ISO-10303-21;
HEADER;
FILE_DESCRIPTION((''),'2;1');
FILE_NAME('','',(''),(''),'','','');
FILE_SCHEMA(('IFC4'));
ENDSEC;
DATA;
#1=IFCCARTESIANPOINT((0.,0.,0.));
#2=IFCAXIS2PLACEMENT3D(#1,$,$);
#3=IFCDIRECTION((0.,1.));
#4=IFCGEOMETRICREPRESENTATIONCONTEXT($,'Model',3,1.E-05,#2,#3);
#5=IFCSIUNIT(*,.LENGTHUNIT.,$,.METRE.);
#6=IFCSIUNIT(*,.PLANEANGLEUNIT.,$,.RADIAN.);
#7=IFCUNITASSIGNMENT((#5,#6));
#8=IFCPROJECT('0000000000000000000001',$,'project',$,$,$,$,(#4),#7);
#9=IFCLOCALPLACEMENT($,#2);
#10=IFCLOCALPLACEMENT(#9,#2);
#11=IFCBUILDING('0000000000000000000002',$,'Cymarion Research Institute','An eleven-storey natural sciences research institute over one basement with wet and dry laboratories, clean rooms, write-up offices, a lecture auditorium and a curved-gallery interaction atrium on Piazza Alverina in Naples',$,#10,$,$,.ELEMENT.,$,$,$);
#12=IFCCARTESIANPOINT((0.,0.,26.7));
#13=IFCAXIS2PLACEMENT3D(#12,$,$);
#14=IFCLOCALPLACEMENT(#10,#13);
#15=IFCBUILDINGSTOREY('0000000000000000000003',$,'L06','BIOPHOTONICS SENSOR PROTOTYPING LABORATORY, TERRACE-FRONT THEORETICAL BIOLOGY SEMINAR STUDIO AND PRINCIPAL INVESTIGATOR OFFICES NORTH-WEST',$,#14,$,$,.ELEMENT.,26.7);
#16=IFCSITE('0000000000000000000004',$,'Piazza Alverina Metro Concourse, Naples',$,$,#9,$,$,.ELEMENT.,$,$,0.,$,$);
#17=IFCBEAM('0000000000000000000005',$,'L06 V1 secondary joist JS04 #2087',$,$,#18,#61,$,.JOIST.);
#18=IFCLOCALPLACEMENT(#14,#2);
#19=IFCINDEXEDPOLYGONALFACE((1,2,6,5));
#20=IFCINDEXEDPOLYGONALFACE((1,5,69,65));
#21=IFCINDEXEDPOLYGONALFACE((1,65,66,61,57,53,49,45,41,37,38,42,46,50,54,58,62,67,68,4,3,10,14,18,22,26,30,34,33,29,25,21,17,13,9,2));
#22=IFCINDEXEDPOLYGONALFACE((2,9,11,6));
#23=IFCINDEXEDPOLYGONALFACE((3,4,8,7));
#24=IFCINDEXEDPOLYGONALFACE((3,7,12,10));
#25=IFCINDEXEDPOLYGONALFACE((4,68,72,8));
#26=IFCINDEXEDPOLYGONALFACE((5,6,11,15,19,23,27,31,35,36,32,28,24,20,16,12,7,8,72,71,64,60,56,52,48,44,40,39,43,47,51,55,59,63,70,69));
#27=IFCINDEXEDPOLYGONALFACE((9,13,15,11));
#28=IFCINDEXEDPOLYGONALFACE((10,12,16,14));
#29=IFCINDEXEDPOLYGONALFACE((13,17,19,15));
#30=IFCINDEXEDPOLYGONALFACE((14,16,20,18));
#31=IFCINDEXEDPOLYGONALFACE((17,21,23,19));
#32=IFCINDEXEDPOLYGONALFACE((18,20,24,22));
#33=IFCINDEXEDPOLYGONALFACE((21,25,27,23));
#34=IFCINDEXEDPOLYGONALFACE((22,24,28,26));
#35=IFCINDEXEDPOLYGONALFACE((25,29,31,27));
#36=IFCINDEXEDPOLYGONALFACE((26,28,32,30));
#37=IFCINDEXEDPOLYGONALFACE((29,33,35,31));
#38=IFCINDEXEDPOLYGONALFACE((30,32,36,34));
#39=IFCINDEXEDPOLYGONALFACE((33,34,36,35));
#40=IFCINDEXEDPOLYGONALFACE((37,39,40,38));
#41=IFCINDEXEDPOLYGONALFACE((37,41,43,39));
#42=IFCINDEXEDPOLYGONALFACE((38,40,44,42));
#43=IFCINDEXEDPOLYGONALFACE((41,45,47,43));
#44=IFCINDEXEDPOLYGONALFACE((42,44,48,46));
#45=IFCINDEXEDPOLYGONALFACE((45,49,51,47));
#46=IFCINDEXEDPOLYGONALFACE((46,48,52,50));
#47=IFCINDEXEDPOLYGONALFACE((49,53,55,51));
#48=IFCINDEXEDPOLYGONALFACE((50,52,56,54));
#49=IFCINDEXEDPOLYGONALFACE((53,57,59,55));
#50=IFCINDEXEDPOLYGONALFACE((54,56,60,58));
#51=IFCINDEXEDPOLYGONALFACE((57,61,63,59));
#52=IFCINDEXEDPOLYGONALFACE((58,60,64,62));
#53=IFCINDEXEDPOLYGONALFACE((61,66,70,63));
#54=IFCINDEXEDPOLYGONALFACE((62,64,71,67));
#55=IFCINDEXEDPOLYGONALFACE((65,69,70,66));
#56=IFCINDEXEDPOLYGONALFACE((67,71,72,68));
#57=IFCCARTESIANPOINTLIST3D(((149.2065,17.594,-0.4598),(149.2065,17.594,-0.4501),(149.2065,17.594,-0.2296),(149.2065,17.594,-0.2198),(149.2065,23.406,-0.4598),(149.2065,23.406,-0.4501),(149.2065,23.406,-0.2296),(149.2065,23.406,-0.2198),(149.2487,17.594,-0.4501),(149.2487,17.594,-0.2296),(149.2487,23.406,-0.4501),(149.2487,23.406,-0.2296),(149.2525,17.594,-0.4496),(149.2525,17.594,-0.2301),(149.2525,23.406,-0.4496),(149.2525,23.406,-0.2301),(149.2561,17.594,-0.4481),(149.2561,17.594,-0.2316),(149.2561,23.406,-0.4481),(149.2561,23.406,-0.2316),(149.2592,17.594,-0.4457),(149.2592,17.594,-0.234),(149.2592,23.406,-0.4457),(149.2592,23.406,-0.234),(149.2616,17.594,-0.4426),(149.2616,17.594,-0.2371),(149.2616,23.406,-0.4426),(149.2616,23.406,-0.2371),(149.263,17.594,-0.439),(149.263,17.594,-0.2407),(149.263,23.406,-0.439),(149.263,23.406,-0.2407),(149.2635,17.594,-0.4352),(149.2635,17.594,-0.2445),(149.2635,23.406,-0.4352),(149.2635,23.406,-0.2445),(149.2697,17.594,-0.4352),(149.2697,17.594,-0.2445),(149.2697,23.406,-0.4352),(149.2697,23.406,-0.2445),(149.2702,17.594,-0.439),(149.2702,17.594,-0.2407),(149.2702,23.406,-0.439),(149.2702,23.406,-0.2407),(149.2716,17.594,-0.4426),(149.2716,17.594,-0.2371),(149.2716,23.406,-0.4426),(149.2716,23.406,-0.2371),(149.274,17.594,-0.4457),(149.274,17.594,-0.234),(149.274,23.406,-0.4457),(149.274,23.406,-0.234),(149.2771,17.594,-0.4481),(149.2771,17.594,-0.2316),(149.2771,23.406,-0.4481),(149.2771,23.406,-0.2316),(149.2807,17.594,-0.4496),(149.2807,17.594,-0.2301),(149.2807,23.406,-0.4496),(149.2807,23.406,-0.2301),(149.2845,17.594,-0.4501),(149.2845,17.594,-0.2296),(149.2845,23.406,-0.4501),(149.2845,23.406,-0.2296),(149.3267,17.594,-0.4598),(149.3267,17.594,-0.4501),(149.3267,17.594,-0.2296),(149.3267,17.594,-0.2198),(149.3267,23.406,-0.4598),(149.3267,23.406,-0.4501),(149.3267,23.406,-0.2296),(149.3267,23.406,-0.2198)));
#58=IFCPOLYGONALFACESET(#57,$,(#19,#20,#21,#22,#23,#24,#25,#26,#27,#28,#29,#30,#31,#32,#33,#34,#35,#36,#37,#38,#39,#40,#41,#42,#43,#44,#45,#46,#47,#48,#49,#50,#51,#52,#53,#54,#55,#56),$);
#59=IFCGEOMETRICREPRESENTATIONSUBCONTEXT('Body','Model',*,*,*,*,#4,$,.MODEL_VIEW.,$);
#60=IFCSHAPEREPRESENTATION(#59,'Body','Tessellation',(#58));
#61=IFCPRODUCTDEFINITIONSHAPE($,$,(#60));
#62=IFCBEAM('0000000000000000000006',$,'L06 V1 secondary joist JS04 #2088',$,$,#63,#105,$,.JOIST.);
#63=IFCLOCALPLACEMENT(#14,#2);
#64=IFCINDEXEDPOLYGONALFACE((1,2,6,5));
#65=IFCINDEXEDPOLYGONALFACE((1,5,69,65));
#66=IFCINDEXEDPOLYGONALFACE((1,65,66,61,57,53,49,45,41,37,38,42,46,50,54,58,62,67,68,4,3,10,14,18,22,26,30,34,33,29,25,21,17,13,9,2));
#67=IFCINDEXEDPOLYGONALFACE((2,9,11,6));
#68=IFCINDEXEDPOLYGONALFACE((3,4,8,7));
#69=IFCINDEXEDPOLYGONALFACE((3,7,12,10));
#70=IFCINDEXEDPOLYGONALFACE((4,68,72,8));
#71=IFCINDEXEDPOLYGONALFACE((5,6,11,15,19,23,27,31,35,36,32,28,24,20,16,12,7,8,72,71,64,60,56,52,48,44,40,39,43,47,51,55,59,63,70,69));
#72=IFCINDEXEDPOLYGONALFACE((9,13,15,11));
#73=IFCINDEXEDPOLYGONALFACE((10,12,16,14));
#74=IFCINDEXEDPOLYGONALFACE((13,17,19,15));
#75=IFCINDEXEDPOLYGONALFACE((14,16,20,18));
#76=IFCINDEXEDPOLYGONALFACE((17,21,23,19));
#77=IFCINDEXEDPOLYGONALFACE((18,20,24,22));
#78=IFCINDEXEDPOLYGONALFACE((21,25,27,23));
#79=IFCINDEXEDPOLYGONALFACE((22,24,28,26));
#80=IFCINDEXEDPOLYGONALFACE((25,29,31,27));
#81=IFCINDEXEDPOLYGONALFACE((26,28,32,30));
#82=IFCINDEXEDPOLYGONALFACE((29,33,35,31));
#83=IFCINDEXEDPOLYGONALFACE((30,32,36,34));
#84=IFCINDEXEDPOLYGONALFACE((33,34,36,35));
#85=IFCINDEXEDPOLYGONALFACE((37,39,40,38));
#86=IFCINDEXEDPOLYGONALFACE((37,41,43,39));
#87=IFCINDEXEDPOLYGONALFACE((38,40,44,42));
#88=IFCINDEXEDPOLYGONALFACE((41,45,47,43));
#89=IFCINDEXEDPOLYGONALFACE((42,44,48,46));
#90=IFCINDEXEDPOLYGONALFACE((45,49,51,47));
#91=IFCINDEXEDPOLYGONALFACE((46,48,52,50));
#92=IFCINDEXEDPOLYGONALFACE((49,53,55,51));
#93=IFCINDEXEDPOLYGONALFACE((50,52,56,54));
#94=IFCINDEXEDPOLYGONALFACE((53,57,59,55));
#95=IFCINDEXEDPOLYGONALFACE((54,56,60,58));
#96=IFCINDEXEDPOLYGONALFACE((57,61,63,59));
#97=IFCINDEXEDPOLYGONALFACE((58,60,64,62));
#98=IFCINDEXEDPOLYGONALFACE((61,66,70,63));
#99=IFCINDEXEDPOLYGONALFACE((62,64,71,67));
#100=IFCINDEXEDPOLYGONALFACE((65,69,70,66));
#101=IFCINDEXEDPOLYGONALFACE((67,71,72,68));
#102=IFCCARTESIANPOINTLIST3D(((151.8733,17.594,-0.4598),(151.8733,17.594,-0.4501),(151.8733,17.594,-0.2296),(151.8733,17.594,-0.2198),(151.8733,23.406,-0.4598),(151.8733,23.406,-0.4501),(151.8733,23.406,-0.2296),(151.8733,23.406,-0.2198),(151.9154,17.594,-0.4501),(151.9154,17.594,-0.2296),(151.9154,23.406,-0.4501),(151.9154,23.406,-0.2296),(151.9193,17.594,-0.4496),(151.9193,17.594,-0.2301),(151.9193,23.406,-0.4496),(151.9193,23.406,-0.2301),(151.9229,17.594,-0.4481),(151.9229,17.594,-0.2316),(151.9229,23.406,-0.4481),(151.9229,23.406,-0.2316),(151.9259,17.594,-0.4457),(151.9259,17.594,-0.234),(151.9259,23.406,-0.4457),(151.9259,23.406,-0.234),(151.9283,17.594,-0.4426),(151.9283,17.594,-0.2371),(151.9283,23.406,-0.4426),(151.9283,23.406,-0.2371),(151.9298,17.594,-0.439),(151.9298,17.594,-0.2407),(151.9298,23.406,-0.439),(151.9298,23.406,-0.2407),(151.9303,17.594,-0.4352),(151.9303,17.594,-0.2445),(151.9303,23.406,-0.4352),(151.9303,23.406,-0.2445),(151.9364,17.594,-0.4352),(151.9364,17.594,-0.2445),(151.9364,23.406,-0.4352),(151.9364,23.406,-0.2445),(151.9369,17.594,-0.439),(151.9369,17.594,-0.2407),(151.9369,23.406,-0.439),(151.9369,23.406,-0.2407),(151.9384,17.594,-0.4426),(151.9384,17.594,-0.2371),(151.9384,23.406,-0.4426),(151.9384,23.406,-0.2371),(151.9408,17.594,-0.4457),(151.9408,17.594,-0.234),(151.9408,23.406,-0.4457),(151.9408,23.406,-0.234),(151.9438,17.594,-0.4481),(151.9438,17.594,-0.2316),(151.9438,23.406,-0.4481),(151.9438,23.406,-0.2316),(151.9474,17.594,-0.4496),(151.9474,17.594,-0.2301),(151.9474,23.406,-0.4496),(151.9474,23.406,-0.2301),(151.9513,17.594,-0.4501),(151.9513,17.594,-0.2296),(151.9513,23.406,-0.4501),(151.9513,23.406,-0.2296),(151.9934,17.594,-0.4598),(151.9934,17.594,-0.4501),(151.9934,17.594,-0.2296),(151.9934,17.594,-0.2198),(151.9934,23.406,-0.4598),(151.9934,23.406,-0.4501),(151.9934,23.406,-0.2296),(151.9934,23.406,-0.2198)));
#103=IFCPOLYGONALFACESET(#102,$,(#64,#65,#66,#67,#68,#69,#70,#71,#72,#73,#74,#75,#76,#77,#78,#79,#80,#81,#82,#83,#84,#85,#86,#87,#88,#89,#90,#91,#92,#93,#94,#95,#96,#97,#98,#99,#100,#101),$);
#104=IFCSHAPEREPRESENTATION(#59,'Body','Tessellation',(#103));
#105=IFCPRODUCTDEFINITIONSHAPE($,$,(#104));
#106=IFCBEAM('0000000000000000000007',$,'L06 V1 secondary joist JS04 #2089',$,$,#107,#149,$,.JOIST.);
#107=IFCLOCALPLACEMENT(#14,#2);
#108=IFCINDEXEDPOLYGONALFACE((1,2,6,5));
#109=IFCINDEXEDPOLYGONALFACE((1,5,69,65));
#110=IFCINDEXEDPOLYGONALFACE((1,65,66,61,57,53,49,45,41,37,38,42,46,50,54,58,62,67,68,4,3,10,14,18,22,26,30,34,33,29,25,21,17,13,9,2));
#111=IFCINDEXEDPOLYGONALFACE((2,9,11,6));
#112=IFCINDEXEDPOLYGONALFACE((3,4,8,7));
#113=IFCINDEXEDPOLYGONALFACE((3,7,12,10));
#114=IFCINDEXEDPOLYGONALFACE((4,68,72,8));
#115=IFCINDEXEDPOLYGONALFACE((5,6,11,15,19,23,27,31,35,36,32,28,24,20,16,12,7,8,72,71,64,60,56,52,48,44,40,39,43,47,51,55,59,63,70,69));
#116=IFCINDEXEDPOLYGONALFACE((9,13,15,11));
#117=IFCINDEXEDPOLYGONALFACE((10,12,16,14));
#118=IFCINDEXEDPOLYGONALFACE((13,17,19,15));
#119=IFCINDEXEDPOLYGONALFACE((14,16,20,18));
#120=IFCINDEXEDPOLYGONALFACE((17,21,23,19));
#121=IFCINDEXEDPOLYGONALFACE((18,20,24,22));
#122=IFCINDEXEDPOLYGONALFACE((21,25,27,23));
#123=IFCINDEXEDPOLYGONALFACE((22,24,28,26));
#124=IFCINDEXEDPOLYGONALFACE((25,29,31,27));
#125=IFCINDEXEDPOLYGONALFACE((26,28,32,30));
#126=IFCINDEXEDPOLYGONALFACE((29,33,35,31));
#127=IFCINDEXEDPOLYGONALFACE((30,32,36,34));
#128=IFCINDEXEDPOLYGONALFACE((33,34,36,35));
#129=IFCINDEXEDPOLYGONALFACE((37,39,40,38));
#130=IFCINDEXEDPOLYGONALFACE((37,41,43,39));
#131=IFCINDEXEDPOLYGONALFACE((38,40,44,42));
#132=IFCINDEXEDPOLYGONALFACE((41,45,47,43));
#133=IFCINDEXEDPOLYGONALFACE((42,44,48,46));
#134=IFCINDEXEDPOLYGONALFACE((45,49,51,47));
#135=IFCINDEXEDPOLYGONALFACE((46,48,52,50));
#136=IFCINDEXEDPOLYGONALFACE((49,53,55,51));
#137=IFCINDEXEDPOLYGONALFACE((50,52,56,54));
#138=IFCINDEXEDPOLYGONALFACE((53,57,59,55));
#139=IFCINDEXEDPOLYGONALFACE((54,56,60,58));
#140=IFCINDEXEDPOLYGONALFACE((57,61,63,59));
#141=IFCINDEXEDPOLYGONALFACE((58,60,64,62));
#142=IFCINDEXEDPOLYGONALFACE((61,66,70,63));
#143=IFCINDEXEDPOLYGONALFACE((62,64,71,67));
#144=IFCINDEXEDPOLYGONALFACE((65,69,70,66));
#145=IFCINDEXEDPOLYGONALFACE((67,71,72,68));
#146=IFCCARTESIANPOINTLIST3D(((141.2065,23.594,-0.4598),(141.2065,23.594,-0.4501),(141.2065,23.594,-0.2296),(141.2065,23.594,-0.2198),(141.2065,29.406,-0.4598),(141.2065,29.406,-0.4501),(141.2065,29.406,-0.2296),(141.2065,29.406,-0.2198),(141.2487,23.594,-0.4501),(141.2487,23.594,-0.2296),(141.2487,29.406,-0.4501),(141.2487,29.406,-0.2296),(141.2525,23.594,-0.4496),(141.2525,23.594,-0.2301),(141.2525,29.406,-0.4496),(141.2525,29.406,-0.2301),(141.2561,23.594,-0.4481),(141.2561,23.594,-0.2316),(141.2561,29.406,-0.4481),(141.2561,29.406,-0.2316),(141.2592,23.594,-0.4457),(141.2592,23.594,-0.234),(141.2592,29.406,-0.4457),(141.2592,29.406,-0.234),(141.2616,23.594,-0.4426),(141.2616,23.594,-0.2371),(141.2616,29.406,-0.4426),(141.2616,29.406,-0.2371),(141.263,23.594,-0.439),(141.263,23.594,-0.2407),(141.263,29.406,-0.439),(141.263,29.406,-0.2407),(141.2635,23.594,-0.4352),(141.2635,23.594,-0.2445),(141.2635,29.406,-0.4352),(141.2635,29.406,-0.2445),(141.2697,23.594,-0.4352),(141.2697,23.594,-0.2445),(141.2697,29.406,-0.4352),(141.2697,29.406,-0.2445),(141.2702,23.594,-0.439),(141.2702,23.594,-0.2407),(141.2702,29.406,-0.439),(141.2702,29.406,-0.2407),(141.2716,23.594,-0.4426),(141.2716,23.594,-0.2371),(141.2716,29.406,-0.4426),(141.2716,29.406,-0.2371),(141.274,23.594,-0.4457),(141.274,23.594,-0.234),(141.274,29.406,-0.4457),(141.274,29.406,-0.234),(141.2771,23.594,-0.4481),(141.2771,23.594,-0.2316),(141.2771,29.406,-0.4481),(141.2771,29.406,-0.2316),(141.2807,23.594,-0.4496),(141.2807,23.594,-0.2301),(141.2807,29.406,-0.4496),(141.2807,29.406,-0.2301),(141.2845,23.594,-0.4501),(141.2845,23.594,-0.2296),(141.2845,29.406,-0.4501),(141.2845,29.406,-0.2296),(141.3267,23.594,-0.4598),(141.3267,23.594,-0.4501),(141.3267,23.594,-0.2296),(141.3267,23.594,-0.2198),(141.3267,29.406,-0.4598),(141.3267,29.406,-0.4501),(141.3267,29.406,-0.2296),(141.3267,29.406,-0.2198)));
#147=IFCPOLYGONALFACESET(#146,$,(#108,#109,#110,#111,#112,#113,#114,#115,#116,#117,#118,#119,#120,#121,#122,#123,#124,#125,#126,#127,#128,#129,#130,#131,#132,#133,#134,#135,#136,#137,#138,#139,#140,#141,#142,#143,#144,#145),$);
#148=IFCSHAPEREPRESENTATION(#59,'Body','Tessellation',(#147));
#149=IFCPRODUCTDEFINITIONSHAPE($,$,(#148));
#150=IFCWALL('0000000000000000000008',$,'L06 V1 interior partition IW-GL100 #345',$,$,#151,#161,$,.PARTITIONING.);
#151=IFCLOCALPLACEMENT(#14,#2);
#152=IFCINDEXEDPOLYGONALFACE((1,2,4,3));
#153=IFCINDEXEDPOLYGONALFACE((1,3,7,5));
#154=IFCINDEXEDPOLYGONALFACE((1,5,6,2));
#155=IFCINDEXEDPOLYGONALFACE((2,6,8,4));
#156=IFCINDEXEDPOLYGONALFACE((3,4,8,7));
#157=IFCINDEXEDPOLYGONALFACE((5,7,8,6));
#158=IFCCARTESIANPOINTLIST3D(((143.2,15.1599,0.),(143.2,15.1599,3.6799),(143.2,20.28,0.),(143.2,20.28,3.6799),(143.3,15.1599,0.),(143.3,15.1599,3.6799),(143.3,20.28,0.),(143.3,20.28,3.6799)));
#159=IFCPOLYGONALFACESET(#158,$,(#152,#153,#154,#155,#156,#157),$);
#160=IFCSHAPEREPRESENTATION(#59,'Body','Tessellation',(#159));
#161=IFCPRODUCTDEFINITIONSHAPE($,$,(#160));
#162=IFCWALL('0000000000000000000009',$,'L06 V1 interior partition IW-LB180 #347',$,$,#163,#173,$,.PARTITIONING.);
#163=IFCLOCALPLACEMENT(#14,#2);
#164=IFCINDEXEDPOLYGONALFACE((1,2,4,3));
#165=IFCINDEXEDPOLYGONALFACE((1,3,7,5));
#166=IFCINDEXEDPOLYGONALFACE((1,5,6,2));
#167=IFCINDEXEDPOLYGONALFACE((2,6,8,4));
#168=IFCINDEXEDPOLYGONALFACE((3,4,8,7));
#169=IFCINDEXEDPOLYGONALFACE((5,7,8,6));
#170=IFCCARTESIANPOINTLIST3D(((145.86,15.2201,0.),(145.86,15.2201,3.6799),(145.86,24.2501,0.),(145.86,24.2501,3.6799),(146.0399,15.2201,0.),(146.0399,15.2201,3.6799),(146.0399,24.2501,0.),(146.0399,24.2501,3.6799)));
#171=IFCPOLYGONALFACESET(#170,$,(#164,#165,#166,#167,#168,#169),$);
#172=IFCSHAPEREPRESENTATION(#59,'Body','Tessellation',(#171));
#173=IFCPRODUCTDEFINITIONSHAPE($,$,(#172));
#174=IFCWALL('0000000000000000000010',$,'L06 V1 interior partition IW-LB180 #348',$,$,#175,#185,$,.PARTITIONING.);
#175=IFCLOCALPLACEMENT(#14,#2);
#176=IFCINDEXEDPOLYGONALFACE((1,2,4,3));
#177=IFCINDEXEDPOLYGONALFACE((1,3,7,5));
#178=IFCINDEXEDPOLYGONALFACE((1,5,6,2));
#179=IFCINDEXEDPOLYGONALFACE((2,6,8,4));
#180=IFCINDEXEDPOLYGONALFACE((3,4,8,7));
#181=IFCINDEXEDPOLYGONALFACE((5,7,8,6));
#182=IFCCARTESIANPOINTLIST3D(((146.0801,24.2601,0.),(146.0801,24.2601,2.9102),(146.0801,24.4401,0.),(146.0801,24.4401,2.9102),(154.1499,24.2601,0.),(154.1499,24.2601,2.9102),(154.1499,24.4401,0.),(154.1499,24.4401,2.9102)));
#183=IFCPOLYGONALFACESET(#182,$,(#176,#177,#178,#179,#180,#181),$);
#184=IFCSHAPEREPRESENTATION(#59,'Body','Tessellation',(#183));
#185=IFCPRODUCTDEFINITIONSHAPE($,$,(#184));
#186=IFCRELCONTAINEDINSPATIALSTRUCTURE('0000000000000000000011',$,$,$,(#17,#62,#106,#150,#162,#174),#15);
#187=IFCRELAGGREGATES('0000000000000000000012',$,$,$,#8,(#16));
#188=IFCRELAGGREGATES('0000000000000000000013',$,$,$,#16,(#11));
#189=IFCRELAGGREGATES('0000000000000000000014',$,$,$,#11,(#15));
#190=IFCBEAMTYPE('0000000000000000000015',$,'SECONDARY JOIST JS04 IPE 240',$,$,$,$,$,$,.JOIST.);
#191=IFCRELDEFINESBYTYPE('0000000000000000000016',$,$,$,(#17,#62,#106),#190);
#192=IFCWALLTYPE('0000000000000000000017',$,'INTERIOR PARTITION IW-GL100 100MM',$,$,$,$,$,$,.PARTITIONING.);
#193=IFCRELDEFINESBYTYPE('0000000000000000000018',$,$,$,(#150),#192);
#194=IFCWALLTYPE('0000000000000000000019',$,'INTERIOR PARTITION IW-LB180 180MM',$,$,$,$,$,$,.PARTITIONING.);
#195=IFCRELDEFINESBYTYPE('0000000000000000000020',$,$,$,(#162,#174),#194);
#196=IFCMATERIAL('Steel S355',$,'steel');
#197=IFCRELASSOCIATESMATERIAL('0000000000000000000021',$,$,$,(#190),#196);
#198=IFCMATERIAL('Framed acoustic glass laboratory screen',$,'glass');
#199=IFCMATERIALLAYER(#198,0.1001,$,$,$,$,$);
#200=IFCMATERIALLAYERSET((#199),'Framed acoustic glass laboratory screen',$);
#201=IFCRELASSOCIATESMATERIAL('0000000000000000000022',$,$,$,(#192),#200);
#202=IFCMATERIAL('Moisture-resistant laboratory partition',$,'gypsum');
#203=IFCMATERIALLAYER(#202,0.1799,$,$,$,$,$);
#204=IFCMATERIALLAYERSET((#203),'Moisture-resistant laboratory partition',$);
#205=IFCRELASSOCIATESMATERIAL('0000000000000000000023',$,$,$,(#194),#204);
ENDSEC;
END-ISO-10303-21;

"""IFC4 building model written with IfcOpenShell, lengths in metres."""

from ifc_helpers import new_model, si_unit, direction, frame, frame_2d, origin, origin_2d, place, context, subcontext, project, spatial, rectangle, i_section, extrude, material, layer, layer_set, material_profile, profile_set, type_object, element, save


model = new_model("IFC4")

# Units and contexts
model_context = context("Model", 3, precision=1e-05, world=origin(), true_north=direction((0.0, 1.0)))
body_context = subcontext(model_context, "Body", "Model", "MODEL_VIEW")
ifc_project = project(units=[si_unit("LENGTHUNIT", "METRE"), si_unit("PLANEANGLEUNIT", "RADIAN")], contexts=[model_context])

# Site, building, storey
site_placement = place(None, origin())
site = spatial("IfcSite", under=ifc_project, at=site_placement, Name="Piazza Alverina Metro Concourse, Naples", CompositionType="ELEMENT", RefElevation=0.0)
building_placement = place(site_placement, origin())
building = spatial("IfcBuilding", under=site, at=building_placement, Name="Cymarion Research Institute", Description="An eleven-storey natural sciences research institute over one basement with wet and dry laboratories, clean rooms, write-up offices, a lecture auditorium and a curved-gallery interaction atrium on Piazza Alverina in Naples", CompositionType="ELEMENT")
storey_placement = place(building_placement, frame((0.0, 0.0, 26.7)))
storey = spatial("IfcBuildingStorey", under=building, at=storey_placement, Name="L06", Description="BIOPHOTONICS SENSOR PROTOTYPING LABORATORY, TERRACE-FRONT THEORETICAL BIOLOGY SEMINAR STUDIO AND PRINCIPAL INVESTIGATOR OFFICES NORTH-WEST", CompositionType="ELEMENT", Elevation=26.7)

# Shared definitions
ifc_material_1 = material(Name="Steel S355", Category="steel")

# Beams
ifc_material_profile_1 = material_profile(ifc_material_1, i_section(OverallWidth=0.1201, OverallDepth=0.24, WebThickness=0.0061, FlangeThickness=0.0098, FilletRadius=0.0149, at=origin_2d()), Name="IPE 240")
ifc_profile_set_1 = profile_set([ifc_material_profile_1], Name="Steel S355")
beam_type_1 = type_object("IfcBeamType", Name="SECONDARY JOIST JS04 IPE 240", PredefinedType="JOIST", material=ifc_profile_set_1)
for number, where, z_axis, x_axis, name in (
    (1, (149.2666, 17.594, -0.3398), (0.0, 1.0, 0.0), (-1.0, 0.0, 0.0), "L06 V1 secondary joist JS04 #2087"),
    (2, (151.9333, 17.594, -0.3398), (0.0, 1.0, 0.0), (-1.0, 0.0, 0.0), "L06 V1 secondary joist JS04 #2088"),
    (3, (141.2666, 23.594, -0.3398), (0.0, 1.0, 0.0), (-1.0, 0.0, 0.0), "L06 V1 secondary joist JS04 #2089"),
):
    element("IfcBeam", number, at=place(storey_placement, frame(where, z_axis=z_axis, x_axis=x_axis)), inside=storey, type_object=beam_type_1, Name=name, PredefinedType="JOIST", context=body_context, shape_type="SweptSolid", body=[
        extrude(i_section(OverallWidth=0.1201, OverallDepth=0.24, WebThickness=0.0061, FlangeThickness=0.0098, FilletRadius=0.0149, at=origin_2d()), origin(), (0.0, 0.0, 1.0), 5.812),
    ])

# Walls
ifc_material_2 = material(Name="Framed acoustic glass laboratory screen", Category="glass")
ifc_layer_1 = layer(ifc_material_2, 0.1001)
ifc_layer_set_1 = layer_set([ifc_layer_1], Name="Framed acoustic glass laboratory screen")
wall_type_1 = type_object("IfcWallType", Name="INTERIOR PARTITION IW-GL100 100MM", PredefinedType="PARTITIONING", material=ifc_layer_set_1)
wall_1_placement = place(storey_placement, frame((143.25, 15.1599, 0.0), z_axis=(0.0, 0.0, 1.0), x_axis=(0.0, 1.0, 0.0)))
element("IfcWall", 4, at=wall_1_placement, inside=storey, type_object=wall_type_1, Name="L06 V1 interior partition IW-GL100 #345", PredefinedType="PARTITIONING", context=body_context, shape_type="SweptSolid", body=[
    extrude(rectangle(XDim=5.1201, YDim=0.1001, at=frame_2d((2.5601, 0.0))), origin(), (0.0, 0.0, 1.0), 3.6799),
])
ifc_material_3 = material(Name="Moisture-resistant laboratory partition", Category="gypsum")
ifc_layer_2 = layer(ifc_material_3, 0.1799)
ifc_layer_set_2 = layer_set([ifc_layer_2], Name="Moisture-resistant laboratory partition")
wall_type_2 = type_object("IfcWallType", Name="INTERIOR PARTITION IW-LB180 180MM", PredefinedType="PARTITIONING", material=ifc_layer_set_2)
wall_2_placement = place(storey_placement, frame((145.95, 15.22, 0.0), z_axis=(0.0, 0.0, 1.0), x_axis=(0.0, 1.0, 0.0)))
element("IfcWall", 5, at=wall_2_placement, inside=storey, type_object=wall_type_2, Name="L06 V1 interior partition IW-LB180 #347", PredefinedType="PARTITIONING", context=body_context, shape_type="SweptSolid", body=[
    extrude(rectangle(XDim=9.03, YDim=0.1799, at=frame_2d((4.5151, 0.0))), origin(), (0.0, 0.0, 1.0), 3.6799),
])
wall_3_placement = place(storey_placement, frame((146.0801, 24.3501, 0.0), z_axis=(0.0, 0.0, 1.0), x_axis=(1.0, 0.0, 0.0)))
element("IfcWall", 6, at=wall_3_placement, inside=storey, type_object=wall_type_2, Name="L06 V1 interior partition IW-LB180 #348", PredefinedType="PARTITIONING", context=body_context, shape_type="SweptSolid", body=[
    extrude(rectangle(XDim=8.0698, YDim=0.1799, at=frame_2d((4.0349, 0.0))), origin(), (0.0, 0.0, 1.0), 2.9102),
])

save(model, "model.ifc")
